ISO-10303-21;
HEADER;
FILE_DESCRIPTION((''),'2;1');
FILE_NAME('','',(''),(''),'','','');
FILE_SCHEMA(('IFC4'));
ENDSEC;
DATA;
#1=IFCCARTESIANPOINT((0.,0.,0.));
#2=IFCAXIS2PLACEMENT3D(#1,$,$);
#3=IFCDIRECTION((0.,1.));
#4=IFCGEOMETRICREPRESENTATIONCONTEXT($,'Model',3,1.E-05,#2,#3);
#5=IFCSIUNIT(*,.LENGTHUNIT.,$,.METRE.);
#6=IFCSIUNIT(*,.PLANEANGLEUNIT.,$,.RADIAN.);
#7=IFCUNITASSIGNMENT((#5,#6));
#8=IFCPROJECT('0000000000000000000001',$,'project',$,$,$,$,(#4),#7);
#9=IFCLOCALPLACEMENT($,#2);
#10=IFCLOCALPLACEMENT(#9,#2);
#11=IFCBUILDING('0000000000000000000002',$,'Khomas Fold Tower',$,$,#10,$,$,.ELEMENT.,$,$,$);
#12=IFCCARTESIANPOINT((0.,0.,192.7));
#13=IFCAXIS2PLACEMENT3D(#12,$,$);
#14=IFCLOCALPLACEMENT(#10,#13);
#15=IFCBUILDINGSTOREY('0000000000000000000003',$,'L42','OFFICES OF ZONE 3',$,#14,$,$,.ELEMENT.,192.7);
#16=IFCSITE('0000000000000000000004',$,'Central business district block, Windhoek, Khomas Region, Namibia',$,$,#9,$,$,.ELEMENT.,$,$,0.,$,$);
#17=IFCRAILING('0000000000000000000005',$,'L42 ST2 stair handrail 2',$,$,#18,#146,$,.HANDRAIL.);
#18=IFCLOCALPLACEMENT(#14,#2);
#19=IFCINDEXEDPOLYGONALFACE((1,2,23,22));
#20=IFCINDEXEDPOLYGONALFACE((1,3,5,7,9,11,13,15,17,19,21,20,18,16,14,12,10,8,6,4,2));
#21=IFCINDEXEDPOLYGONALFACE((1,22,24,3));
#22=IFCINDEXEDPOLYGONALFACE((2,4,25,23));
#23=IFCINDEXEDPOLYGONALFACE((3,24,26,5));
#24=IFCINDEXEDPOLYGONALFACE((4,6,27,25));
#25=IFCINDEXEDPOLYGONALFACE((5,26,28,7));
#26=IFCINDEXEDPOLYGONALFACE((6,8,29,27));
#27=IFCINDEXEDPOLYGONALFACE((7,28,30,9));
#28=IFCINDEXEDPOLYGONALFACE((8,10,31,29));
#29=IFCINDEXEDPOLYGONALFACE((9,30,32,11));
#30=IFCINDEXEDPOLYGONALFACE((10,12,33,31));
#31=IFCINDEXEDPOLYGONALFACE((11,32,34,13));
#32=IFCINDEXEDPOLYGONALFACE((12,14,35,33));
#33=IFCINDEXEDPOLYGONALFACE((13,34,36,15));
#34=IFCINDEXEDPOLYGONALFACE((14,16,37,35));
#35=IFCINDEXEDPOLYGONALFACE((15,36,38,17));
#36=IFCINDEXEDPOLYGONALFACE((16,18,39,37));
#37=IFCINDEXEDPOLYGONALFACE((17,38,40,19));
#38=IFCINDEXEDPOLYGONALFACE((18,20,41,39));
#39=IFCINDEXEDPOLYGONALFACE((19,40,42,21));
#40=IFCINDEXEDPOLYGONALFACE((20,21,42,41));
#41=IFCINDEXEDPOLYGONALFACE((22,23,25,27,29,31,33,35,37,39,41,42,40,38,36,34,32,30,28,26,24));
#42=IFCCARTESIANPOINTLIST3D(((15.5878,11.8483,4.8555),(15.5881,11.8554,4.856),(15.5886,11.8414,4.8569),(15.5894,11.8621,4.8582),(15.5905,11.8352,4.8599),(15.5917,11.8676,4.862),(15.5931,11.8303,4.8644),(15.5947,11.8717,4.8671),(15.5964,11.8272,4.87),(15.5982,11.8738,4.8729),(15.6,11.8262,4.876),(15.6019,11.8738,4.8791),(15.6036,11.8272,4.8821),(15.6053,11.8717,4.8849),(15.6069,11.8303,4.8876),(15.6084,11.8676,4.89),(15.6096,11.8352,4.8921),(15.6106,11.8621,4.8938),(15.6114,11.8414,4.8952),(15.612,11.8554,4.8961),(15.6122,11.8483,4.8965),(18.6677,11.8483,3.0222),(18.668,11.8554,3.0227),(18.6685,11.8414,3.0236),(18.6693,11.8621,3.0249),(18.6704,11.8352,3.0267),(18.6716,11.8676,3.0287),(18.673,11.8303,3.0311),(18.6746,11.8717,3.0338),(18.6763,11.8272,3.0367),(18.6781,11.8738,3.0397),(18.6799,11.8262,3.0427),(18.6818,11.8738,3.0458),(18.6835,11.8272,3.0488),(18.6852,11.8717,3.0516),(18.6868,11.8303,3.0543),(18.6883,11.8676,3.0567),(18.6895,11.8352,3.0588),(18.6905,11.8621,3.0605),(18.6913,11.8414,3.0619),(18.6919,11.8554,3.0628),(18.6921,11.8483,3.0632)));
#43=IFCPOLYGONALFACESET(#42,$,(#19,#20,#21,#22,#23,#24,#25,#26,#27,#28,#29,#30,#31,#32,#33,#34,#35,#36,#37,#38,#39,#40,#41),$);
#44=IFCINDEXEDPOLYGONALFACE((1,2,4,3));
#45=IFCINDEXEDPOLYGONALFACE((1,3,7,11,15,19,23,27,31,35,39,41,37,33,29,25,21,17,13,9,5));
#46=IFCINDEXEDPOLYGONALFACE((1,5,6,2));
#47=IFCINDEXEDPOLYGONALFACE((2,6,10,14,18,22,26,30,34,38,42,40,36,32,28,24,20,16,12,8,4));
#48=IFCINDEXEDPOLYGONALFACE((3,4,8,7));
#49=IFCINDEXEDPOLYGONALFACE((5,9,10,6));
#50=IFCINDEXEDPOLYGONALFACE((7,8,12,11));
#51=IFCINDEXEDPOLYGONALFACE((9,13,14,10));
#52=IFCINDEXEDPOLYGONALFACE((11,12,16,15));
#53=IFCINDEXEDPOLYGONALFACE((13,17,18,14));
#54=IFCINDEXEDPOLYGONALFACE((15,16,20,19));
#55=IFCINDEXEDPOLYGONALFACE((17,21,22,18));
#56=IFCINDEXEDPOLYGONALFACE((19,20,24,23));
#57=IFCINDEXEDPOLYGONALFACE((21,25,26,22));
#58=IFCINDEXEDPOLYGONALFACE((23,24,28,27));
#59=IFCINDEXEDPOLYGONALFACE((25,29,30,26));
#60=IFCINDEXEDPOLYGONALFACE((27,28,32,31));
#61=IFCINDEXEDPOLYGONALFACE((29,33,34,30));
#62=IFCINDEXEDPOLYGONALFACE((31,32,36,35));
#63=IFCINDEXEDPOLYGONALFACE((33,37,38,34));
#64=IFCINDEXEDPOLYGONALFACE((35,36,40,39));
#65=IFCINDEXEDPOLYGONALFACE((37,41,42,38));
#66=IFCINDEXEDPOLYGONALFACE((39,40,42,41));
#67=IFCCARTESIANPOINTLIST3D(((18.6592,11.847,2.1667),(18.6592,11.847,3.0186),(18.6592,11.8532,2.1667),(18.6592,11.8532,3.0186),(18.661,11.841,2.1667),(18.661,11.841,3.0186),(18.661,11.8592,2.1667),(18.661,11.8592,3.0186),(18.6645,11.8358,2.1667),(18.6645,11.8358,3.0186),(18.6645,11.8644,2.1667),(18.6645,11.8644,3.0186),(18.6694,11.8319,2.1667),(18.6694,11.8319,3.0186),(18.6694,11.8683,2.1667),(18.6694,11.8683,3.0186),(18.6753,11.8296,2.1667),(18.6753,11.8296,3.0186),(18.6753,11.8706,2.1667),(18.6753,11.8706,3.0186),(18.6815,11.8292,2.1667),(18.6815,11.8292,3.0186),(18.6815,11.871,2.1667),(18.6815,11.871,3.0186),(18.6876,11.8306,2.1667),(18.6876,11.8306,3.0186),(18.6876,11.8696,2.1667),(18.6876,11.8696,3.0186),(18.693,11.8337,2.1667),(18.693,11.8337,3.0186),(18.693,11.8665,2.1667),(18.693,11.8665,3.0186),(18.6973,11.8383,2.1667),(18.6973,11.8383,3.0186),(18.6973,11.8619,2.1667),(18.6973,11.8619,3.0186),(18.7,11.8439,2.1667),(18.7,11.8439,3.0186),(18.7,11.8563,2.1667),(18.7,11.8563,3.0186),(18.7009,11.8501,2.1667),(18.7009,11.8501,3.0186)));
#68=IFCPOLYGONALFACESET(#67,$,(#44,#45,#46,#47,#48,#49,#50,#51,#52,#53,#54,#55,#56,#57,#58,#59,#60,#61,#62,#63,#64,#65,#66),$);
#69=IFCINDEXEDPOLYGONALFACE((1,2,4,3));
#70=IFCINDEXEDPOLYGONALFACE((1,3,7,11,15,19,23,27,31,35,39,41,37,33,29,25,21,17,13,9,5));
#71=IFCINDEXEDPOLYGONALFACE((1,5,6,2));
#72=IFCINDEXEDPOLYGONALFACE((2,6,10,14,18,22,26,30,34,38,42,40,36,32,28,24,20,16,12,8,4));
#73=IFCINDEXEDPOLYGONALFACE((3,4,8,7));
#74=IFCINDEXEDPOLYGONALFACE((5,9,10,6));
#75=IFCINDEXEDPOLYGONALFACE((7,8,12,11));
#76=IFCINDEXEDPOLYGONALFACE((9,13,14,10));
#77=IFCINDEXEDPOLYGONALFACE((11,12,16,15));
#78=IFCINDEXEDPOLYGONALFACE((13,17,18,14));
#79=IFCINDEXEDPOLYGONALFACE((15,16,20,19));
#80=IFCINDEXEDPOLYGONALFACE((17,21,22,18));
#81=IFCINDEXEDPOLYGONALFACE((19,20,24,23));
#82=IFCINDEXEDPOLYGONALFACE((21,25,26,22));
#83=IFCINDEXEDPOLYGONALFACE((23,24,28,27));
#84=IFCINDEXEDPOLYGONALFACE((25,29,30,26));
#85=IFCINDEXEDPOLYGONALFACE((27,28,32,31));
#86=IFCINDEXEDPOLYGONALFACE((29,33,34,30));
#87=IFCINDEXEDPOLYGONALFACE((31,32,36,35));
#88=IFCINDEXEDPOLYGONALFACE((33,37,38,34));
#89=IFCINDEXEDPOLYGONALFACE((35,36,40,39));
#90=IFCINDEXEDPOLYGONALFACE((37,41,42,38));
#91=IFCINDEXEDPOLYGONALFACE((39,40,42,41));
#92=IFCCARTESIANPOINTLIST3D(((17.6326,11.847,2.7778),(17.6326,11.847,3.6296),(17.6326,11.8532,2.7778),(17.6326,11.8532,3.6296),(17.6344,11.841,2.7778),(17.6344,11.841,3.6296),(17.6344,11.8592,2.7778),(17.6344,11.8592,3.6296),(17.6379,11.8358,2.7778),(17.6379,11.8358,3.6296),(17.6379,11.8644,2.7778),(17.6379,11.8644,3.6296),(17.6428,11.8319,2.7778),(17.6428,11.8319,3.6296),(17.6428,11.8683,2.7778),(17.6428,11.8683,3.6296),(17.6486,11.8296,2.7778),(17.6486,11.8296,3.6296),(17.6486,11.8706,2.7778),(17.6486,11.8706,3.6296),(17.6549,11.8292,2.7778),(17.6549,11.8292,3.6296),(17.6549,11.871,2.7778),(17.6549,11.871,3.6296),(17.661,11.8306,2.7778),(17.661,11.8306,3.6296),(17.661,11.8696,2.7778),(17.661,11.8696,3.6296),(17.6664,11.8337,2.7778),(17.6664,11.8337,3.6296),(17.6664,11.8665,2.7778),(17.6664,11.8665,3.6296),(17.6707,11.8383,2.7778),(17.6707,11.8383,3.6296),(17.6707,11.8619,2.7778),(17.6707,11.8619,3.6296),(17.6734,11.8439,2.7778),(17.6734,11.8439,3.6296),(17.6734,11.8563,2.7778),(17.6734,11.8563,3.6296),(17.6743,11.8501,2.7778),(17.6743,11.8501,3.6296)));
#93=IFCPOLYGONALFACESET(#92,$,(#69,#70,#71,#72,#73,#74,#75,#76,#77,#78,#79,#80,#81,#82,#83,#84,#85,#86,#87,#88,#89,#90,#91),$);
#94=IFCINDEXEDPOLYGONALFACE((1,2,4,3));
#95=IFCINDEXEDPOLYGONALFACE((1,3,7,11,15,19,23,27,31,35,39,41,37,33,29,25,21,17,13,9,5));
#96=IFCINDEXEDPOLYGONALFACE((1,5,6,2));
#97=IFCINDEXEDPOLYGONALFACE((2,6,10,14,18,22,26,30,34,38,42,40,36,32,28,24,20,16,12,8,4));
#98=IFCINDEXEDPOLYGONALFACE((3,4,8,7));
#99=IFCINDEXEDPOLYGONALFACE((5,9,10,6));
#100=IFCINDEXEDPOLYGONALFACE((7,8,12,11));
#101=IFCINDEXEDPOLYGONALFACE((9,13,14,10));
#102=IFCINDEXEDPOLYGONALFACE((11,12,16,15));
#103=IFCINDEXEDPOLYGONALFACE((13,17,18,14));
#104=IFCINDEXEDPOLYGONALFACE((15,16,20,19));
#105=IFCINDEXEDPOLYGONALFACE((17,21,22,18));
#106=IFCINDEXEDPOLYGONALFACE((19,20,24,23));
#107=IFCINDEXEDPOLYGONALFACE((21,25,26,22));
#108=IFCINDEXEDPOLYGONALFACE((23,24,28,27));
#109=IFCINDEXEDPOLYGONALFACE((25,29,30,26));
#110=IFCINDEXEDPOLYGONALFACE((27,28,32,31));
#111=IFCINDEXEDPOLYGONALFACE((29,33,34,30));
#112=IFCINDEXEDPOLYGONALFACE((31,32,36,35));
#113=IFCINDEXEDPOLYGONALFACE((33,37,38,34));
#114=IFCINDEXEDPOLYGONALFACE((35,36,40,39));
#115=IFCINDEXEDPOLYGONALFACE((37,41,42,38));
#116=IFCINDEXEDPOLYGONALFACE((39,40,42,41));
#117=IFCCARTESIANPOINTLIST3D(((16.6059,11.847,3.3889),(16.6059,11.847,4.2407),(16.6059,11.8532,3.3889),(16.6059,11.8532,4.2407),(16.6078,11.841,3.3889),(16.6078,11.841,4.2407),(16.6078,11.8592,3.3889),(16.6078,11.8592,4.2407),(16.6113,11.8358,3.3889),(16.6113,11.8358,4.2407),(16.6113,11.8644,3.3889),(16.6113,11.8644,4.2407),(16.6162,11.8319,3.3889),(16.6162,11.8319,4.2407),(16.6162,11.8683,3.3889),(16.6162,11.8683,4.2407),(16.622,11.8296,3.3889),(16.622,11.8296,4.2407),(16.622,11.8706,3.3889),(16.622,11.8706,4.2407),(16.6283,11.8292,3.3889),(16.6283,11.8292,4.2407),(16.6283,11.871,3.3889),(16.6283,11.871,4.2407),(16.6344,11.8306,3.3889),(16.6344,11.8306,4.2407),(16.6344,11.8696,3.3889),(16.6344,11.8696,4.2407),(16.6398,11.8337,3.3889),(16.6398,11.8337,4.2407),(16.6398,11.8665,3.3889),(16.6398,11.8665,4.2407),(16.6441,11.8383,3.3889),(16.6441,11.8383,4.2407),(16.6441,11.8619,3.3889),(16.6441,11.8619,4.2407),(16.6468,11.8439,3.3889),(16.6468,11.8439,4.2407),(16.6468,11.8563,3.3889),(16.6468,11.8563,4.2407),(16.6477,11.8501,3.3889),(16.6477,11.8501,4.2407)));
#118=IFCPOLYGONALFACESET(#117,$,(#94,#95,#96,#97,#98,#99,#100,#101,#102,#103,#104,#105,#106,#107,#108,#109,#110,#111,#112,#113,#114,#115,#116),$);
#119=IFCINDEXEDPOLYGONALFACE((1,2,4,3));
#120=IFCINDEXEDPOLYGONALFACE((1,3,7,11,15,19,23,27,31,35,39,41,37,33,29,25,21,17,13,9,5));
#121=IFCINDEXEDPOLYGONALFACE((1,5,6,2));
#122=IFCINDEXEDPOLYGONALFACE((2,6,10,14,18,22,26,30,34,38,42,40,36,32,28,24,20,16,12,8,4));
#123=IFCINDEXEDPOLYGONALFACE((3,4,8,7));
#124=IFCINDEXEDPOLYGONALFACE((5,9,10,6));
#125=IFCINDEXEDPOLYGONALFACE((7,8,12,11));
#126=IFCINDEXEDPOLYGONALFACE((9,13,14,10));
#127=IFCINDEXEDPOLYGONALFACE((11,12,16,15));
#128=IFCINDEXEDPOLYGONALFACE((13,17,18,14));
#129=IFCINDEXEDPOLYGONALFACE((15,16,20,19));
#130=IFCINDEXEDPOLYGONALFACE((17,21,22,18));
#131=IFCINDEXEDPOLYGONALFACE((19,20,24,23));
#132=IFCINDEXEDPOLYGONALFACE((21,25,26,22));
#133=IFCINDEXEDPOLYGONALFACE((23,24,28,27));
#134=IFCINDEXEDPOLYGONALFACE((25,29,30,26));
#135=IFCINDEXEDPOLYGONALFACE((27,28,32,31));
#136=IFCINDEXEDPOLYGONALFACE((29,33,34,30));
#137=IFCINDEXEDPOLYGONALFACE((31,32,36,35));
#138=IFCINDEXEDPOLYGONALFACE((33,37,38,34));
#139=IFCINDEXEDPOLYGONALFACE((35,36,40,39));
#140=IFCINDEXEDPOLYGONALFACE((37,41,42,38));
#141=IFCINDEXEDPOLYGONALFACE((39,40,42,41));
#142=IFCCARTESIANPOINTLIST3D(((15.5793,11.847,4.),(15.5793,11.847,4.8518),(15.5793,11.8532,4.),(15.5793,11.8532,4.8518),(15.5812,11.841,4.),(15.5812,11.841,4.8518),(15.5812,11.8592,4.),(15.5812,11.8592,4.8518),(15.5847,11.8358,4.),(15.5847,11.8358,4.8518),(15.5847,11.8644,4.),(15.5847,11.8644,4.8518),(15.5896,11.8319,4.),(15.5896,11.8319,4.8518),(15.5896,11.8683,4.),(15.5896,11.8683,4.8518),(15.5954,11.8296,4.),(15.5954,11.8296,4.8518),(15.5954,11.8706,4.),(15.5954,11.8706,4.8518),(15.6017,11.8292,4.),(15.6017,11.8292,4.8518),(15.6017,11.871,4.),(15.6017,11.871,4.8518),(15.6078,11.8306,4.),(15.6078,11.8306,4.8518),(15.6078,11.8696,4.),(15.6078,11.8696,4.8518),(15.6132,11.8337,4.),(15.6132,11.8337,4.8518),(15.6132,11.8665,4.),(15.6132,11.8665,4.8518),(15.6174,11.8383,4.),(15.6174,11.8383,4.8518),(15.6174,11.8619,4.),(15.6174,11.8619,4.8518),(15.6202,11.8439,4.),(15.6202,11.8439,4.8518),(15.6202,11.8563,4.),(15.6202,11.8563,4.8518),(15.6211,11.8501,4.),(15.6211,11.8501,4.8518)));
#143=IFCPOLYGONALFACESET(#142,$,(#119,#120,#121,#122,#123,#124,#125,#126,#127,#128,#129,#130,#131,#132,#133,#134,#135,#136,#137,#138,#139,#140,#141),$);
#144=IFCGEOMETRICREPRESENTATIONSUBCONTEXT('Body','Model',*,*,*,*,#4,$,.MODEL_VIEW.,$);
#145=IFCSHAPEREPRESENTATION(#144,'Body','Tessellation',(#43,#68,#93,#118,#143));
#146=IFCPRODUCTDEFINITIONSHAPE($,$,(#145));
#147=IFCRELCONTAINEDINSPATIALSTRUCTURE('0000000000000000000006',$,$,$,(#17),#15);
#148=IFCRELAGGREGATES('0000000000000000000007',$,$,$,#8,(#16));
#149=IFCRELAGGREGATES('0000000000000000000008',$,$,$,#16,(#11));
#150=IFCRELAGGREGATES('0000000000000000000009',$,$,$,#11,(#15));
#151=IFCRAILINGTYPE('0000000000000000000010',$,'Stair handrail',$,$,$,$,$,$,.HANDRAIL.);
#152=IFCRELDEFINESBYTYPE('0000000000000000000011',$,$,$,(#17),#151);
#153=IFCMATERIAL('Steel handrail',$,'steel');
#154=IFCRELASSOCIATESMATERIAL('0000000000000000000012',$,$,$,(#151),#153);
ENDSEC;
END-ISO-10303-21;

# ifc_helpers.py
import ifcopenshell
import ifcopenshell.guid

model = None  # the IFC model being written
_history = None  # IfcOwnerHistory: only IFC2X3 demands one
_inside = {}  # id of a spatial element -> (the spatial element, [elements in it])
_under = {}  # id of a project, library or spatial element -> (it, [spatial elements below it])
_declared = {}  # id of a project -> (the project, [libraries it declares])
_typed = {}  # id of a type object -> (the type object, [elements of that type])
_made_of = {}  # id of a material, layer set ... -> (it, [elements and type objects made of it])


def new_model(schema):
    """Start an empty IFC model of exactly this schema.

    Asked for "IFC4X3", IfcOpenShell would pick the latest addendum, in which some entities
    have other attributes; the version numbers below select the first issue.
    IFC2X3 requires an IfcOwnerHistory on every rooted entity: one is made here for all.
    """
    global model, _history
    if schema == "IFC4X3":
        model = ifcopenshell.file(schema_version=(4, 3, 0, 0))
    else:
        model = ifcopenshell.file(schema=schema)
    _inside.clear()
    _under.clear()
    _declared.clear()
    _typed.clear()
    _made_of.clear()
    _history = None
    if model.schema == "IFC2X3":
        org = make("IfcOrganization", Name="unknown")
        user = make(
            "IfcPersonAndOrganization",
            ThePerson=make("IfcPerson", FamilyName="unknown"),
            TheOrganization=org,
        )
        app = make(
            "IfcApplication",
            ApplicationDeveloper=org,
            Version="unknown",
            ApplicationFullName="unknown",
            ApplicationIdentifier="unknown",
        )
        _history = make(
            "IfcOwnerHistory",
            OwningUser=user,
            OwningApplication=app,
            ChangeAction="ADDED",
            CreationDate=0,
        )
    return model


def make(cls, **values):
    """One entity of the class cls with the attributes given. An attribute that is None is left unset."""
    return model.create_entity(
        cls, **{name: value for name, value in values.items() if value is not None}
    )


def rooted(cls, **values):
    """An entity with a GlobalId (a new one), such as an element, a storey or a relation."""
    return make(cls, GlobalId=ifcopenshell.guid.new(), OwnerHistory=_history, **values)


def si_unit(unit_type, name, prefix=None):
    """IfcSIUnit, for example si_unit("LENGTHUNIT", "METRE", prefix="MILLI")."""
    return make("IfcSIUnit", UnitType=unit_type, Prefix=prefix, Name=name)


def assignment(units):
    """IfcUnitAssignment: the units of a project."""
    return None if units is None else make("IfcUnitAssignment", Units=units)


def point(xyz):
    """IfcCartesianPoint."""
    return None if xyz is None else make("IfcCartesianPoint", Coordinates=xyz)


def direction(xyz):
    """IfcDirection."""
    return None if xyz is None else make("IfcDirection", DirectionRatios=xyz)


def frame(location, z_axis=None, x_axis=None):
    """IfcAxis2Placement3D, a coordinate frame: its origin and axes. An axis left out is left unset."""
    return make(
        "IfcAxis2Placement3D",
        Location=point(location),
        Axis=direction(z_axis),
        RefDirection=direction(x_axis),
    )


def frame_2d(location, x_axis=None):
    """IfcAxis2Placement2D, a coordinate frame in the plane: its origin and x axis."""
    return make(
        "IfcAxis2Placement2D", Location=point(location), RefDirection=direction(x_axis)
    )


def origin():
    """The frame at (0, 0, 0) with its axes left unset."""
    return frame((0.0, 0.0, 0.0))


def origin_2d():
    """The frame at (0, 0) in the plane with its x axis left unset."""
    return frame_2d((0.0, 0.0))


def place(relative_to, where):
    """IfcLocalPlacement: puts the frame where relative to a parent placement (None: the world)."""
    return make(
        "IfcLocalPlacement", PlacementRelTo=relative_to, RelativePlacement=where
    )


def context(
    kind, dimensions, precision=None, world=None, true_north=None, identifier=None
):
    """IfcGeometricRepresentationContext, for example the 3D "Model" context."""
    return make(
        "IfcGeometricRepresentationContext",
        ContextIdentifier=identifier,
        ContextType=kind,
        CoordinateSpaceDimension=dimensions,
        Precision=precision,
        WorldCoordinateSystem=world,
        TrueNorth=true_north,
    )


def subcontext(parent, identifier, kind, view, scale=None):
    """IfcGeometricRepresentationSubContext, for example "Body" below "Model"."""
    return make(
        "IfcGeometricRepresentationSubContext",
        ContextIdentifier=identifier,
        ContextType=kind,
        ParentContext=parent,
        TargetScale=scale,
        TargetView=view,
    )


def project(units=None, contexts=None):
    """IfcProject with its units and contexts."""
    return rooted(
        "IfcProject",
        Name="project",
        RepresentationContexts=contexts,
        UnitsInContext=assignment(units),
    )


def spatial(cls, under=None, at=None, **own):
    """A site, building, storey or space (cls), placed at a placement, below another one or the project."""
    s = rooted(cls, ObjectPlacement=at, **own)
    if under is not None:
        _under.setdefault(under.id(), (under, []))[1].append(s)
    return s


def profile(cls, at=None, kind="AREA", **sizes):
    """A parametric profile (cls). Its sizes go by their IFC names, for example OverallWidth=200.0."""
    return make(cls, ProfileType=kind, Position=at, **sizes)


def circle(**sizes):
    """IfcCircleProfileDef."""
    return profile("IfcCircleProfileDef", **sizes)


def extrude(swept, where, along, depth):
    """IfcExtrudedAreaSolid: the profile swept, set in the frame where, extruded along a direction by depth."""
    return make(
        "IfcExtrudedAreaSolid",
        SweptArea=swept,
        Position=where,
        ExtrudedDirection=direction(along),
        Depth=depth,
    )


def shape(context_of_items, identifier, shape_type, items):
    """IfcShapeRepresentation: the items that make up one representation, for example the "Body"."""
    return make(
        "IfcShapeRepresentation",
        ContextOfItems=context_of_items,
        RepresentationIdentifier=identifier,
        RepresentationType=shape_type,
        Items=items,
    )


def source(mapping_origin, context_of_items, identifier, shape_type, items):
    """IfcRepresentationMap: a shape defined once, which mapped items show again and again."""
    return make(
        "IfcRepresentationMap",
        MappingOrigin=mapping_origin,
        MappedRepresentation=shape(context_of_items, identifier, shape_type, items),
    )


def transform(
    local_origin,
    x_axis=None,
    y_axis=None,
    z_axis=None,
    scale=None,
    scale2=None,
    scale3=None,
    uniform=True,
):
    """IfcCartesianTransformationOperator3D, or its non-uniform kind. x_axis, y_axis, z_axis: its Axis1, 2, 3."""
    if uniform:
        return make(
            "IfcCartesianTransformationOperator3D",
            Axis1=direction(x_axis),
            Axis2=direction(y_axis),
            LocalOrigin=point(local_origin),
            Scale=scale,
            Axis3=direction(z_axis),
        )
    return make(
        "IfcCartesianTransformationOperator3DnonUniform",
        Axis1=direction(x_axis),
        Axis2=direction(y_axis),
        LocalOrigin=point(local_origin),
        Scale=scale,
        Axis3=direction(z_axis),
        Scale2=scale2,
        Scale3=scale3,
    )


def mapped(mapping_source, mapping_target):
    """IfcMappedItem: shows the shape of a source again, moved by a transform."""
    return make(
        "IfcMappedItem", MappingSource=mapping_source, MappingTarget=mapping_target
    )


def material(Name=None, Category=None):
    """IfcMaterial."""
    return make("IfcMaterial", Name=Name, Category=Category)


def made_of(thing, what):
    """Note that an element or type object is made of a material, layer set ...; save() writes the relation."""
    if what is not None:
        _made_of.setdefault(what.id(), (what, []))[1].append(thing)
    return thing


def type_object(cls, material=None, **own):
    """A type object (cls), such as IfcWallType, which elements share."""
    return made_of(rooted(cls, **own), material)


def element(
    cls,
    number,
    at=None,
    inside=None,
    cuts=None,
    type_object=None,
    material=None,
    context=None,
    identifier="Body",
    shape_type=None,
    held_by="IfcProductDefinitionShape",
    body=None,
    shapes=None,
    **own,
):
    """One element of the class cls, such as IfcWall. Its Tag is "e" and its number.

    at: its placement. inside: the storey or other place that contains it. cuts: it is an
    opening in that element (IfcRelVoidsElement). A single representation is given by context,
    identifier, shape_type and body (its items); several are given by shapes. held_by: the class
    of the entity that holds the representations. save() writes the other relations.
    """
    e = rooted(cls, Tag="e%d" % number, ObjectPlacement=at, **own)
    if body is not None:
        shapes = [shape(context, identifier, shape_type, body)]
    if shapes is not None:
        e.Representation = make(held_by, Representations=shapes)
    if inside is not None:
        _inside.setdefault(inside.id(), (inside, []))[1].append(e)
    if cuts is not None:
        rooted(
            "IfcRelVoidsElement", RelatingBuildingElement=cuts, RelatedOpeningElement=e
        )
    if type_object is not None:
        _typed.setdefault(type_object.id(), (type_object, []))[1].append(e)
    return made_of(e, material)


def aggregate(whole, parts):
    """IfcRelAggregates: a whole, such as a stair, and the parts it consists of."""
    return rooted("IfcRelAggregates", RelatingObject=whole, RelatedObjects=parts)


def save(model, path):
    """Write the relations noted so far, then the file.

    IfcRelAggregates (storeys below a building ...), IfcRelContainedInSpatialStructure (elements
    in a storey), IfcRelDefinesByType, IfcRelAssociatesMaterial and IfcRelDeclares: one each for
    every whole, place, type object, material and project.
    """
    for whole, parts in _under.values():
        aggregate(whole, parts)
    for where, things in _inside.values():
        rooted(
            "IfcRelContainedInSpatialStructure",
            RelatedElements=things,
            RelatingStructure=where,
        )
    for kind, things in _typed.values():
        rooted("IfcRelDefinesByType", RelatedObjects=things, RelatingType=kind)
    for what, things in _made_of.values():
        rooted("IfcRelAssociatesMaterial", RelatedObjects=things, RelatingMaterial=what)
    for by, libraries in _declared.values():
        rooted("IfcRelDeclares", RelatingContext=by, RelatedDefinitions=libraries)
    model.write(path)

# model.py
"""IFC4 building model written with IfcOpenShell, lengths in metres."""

from ifc_helpers import new_model, si_unit, direction, frame, origin, origin_2d, place, context, subcontext, project, spatial, circle, extrude, source, transform, mapped, material, type_object, element, save


model = new_model("IFC4")

# Units and contexts
model_context = context("Model", 3, precision=1e-05, world=origin(), true_north=direction((0.0, 1.0)))
body_context = subcontext(model_context, "Body", "Model", "MODEL_VIEW")
ifc_project = project(units=[si_unit("LENGTHUNIT", "METRE"), si_unit("PLANEANGLEUNIT", "RADIAN")], contexts=[model_context])

# Site, building, storey
site_placement = place(None, origin())
site = spatial("IfcSite", under=ifc_project, at=site_placement, Name="Central business district block, Windhoek, Khomas Region, Namibia", CompositionType="ELEMENT", RefElevation=0.0)
building_placement = place(site_placement, origin())
building = spatial("IfcBuilding", under=site, at=building_placement, Name="Khomas Fold Tower", CompositionType="ELEMENT")
storey_placement = place(building_placement, frame((0.0, 0.0, 192.7)))
storey = spatial("IfcBuildingStorey", under=building, at=storey_placement, Name="L42", Description="OFFICES OF ZONE 3", CompositionType="ELEMENT", Elevation=192.7)

# Railing
ifc_material_1 = material(Name="Steel handrail", Category="steel")
railing_type_1 = type_object("IfcRailingType", Name="Stair handrail", PredefinedType="HANDRAIL", material=ifc_material_1)
shared_shape_1 = source(origin(), body_context, "Body", "SweptSolid", [
    extrude(circle(Radius=0.0239, at=origin_2d()), frame((0.0, 0.0, 0.876), z_axis=(-0.859291, 0.0, 0.511487), x_axis=(0.0, -1.0, 0.0)), (0.0, 0.0, 1.0), 3.5842),
    extrude(circle(Radius=0.021, at=origin_2d()), origin(), (0.0, 0.0, 1.0), 0.8518),
    extrude(circle(Radius=0.021, at=origin_2d()), frame((-1.0266, 0.0, 0.6111)), (0.0, 0.0, 1.0), 0.8518),
    extrude(circle(Radius=0.021, at=origin_2d()), frame((-2.0532, 0.0, 1.2222)), (0.0, 0.0, 1.0), 0.8518),
    extrude(circle(Radius=0.021, at=origin_2d()), frame((-3.0798, 0.0, 1.8333)), (0.0, 0.0, 1.0), 0.8518),
])
railing_1_placement = place(storey_placement, frame((18.6799, 11.8501, 2.1667)))
element("IfcRailing", 1, at=railing_1_placement, inside=storey, type_object=railing_type_1, Name="L42 ST2 stair handrail 2", PredefinedType="HANDRAIL", context=body_context, shape_type="MappedRepresentation", body=[
    mapped(shared_shape_1, transform((0.0, 0.0, 0.0))),
])

save(model, "model.ifc")
